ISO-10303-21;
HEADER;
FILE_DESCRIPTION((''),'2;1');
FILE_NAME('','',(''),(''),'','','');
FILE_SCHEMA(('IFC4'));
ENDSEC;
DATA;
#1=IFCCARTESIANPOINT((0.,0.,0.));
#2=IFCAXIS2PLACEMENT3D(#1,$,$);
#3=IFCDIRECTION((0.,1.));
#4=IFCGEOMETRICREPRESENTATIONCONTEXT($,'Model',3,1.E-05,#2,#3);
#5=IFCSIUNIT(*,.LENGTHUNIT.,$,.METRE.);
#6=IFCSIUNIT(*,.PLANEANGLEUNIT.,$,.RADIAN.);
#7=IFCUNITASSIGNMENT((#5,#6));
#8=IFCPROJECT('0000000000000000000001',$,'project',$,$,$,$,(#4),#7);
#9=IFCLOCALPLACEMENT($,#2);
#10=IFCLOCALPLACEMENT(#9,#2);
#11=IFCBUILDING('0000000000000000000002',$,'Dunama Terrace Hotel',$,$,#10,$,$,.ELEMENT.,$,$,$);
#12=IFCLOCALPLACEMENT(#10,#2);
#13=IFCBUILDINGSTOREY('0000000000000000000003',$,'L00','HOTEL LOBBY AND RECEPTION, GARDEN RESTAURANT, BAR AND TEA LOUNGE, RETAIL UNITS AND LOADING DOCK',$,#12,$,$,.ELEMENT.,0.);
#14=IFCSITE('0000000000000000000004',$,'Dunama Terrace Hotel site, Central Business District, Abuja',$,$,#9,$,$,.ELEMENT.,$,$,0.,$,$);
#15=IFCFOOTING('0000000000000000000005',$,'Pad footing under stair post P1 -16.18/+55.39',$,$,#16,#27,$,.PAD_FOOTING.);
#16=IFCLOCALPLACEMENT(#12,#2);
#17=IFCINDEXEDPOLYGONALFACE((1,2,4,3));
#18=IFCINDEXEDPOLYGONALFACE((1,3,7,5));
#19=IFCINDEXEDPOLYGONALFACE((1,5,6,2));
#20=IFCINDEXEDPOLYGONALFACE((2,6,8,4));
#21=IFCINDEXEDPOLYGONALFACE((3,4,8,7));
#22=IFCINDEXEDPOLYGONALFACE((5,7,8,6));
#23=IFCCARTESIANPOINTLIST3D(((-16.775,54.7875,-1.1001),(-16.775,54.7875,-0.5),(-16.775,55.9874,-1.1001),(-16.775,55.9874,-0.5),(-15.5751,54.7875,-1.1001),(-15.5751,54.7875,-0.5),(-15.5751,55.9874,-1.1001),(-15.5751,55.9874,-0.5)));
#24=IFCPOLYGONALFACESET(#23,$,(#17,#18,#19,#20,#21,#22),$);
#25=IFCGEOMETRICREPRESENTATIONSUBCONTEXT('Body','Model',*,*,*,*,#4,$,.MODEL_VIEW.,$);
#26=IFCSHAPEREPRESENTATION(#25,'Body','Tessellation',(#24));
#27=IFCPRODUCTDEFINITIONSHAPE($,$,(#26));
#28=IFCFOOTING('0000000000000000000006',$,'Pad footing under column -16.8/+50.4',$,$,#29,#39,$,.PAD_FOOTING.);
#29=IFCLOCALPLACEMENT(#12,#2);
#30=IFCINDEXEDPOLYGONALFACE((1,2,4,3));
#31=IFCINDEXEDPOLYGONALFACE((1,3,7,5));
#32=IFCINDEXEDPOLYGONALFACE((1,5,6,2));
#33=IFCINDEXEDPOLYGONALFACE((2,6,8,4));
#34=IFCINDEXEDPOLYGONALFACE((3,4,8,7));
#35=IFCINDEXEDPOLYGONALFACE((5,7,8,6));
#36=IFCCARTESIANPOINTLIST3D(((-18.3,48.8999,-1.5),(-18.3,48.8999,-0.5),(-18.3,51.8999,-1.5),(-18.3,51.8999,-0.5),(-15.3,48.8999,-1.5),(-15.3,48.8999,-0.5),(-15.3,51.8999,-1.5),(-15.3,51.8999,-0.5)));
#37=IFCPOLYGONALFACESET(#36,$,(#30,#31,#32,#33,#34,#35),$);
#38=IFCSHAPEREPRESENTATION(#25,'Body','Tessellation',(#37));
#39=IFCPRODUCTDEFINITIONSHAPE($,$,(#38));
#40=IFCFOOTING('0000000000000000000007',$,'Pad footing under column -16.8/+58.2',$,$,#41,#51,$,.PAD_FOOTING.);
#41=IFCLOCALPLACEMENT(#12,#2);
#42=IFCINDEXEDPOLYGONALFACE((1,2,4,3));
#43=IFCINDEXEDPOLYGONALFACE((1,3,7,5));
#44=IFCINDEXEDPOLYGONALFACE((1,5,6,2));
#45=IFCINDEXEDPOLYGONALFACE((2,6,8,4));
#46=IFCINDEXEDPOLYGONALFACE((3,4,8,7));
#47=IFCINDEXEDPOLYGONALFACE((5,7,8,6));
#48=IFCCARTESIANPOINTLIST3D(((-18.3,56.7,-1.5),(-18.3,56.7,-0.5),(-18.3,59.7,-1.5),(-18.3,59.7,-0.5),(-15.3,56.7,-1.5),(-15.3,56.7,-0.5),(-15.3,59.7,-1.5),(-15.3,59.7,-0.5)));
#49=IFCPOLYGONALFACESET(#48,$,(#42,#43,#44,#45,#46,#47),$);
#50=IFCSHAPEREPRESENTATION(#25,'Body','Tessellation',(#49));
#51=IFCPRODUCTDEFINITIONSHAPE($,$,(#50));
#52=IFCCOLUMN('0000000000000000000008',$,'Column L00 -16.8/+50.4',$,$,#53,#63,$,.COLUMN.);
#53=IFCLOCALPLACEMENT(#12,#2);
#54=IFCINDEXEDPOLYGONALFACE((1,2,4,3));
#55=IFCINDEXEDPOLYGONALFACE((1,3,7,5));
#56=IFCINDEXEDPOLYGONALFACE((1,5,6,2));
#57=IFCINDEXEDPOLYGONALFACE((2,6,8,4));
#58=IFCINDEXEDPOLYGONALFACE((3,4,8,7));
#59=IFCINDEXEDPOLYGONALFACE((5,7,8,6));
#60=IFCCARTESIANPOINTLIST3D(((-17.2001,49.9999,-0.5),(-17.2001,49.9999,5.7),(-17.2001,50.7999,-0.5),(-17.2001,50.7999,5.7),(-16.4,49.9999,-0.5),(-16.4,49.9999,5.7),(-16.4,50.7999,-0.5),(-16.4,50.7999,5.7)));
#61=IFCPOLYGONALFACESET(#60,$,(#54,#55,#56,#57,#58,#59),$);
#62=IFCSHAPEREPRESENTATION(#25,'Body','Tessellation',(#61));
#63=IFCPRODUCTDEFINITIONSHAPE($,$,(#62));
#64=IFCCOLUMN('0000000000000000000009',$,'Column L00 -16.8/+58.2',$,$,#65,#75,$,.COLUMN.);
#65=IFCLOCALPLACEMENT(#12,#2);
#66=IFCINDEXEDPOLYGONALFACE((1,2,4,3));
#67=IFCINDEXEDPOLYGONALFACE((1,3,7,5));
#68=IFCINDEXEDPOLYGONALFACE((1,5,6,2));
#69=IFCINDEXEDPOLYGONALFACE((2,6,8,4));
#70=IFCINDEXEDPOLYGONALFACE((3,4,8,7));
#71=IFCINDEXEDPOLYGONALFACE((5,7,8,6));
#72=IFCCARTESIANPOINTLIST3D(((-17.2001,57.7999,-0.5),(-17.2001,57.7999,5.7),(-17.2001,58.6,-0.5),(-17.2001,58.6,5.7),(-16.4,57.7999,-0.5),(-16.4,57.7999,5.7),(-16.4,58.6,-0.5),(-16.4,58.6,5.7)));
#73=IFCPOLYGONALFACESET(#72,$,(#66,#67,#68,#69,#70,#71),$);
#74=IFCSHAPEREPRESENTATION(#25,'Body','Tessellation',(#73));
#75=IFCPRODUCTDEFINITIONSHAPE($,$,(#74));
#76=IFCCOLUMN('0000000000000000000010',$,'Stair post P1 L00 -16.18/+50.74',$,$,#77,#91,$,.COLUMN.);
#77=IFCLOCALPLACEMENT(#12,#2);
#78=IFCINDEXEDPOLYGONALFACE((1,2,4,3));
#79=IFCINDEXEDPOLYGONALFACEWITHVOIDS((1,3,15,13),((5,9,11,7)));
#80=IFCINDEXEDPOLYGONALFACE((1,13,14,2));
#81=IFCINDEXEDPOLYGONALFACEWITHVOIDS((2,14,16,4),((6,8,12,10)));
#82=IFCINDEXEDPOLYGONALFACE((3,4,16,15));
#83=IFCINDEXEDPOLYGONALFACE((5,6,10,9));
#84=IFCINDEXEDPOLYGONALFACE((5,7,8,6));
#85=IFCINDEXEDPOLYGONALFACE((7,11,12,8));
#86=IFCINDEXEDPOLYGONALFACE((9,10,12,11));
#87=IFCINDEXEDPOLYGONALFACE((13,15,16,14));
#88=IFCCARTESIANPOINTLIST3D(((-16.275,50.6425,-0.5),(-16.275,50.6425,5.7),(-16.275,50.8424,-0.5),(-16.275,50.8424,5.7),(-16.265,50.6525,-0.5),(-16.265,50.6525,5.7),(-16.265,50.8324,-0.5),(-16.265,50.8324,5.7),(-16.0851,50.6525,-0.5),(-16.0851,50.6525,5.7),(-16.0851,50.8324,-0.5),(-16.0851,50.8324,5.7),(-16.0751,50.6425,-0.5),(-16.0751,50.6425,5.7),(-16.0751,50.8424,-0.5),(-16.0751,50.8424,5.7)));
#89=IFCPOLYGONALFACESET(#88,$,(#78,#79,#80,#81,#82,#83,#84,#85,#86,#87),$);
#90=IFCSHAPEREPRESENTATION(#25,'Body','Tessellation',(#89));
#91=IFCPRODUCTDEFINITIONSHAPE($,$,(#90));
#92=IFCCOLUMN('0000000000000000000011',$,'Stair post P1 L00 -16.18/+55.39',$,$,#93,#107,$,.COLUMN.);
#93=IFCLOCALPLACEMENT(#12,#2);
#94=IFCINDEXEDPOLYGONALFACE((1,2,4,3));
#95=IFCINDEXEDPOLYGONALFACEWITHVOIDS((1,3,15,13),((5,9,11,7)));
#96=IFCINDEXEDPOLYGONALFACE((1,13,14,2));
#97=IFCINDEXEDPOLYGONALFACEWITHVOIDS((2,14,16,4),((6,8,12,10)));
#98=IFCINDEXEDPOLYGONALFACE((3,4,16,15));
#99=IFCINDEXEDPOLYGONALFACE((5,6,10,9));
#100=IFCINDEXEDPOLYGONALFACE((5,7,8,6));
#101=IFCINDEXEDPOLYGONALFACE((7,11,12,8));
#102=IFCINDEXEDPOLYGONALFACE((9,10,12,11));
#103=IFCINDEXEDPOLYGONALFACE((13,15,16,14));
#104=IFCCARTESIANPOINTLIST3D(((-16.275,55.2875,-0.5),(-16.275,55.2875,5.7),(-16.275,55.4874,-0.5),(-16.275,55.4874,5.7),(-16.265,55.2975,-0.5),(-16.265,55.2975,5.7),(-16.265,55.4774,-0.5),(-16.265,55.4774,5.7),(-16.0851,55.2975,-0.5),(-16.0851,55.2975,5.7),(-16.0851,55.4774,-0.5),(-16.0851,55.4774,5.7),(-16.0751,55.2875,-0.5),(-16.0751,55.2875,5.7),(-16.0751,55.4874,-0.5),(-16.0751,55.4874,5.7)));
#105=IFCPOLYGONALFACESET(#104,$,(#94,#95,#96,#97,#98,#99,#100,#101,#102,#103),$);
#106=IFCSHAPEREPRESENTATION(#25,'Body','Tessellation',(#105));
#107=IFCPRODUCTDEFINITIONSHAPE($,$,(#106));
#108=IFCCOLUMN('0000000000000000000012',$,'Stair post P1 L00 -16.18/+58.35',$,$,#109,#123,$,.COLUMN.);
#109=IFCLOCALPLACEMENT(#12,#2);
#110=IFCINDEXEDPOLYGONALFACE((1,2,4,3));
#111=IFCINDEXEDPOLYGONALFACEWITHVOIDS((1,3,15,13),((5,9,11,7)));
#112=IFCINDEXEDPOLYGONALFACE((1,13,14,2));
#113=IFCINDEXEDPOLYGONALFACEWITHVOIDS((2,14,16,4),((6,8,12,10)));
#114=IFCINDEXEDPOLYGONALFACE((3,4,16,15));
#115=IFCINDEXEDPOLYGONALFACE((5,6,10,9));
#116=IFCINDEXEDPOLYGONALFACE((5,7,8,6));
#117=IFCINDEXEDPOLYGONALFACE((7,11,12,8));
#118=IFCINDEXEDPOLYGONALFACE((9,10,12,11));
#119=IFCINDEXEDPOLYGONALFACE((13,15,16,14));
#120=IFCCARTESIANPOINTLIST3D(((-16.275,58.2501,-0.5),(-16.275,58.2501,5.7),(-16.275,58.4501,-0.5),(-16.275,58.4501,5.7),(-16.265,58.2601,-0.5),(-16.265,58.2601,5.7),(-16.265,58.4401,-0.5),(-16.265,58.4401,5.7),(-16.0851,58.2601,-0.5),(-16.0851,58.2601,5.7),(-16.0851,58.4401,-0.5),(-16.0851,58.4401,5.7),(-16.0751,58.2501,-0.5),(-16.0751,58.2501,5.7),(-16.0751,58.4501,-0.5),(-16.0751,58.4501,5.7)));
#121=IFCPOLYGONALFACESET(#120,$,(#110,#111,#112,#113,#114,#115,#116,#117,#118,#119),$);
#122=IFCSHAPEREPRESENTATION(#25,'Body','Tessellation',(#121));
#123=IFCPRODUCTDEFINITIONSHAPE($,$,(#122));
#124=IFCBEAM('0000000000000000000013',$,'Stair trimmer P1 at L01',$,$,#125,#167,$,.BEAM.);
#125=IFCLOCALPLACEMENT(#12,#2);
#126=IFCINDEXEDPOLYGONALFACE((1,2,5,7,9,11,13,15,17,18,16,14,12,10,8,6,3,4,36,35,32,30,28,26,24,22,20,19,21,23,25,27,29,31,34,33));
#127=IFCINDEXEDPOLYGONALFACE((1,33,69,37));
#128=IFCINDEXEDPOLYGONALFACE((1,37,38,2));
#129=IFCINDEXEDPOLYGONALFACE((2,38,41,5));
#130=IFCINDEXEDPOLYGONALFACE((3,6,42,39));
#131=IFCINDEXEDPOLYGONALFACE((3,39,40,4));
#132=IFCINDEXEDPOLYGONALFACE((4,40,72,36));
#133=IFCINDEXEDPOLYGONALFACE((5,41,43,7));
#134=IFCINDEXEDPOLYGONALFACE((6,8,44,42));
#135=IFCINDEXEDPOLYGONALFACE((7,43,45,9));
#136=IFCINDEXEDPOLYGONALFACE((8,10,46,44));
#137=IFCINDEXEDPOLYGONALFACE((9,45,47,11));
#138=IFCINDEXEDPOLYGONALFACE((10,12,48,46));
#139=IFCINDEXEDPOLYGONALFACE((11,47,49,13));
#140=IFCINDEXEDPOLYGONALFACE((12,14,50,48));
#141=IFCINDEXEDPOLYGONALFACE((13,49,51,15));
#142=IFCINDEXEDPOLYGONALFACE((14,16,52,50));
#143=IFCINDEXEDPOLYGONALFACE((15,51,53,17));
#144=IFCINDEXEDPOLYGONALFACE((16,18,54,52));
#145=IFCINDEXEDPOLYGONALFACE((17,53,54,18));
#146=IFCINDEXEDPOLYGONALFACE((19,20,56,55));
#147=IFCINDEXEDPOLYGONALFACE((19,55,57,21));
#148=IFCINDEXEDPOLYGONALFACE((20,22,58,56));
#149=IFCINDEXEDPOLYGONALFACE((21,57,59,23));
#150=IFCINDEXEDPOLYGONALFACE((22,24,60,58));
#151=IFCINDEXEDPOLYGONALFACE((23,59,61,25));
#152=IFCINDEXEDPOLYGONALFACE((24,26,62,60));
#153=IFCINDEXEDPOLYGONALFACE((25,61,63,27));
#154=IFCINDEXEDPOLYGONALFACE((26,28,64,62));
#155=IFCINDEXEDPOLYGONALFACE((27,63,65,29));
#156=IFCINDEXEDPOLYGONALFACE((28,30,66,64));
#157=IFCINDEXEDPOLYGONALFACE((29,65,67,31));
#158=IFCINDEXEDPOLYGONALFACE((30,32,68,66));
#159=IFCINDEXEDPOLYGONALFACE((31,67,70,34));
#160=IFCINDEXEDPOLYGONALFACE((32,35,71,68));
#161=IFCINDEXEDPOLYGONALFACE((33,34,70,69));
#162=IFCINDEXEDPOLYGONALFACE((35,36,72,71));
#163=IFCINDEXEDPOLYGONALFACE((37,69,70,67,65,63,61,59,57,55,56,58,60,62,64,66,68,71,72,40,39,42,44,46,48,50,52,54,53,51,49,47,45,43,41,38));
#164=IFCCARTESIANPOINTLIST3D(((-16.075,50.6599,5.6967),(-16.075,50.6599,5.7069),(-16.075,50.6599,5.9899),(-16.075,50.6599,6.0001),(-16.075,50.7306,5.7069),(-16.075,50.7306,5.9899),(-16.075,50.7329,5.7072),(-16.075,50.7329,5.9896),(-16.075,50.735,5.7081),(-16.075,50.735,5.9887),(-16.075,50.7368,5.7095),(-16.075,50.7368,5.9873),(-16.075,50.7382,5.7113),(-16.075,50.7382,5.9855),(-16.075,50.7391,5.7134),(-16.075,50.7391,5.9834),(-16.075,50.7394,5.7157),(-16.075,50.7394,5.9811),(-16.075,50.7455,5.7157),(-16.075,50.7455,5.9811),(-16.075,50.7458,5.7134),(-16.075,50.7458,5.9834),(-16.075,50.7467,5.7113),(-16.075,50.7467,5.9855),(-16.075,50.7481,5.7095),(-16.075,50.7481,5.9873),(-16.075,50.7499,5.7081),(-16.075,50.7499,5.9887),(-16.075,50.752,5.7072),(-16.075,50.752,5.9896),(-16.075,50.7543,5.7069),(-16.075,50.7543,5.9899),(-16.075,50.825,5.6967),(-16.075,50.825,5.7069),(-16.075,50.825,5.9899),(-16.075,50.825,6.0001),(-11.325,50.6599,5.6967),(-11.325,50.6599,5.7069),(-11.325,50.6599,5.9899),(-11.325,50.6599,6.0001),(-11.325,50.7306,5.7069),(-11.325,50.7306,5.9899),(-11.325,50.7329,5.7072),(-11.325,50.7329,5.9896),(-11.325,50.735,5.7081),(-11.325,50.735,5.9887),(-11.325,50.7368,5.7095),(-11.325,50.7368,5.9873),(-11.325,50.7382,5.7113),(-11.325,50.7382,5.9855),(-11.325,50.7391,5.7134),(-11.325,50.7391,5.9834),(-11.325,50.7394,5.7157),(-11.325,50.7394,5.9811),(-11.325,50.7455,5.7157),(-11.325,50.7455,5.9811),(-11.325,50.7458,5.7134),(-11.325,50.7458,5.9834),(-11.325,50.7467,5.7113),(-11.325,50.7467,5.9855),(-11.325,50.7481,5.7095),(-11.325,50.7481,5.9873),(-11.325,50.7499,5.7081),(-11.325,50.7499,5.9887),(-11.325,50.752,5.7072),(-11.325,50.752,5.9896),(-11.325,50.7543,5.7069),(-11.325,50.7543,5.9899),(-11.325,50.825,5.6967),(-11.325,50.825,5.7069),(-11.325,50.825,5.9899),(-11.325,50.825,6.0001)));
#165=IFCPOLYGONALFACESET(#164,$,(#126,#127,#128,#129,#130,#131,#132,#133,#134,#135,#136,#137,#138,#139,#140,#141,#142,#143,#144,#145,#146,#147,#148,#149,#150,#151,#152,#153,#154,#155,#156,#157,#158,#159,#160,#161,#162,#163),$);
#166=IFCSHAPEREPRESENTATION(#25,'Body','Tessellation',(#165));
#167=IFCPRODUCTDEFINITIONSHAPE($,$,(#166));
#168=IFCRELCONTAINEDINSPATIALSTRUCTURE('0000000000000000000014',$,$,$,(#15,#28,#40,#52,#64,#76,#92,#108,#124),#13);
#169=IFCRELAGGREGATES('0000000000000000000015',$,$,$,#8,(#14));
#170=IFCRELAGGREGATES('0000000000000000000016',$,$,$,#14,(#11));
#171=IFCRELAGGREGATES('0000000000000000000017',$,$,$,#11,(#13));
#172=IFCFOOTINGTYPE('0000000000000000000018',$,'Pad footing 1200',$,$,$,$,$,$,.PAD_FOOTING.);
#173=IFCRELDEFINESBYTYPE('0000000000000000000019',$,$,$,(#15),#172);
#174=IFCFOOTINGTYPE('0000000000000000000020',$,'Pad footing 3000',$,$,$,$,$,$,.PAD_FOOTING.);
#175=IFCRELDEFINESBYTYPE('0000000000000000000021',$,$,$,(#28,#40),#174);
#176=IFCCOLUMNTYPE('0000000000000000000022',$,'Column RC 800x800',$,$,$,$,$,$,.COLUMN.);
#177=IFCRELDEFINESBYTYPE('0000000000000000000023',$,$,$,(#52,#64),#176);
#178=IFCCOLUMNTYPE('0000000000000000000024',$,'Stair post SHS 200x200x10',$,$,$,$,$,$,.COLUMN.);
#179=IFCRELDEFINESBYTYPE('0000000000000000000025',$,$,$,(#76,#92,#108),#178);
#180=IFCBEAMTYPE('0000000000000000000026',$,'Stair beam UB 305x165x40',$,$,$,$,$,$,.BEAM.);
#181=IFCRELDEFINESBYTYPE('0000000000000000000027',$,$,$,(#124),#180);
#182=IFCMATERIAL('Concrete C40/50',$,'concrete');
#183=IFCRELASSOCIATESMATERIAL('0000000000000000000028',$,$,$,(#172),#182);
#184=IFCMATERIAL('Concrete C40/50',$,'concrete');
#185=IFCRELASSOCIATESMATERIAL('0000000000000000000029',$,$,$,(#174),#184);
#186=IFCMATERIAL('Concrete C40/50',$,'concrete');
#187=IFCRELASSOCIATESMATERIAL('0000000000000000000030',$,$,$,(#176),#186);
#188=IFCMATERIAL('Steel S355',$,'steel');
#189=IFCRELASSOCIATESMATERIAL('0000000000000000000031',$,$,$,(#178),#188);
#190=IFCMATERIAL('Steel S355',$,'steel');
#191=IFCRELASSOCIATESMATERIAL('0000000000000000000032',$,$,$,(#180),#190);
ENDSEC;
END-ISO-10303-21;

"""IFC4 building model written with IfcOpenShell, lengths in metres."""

from ifc_helpers import new_model, si_unit, direction, frame, origin, origin_2d, place, context, subcontext, project, spatial, rectangle, hollow_rectangle, i_section, extrude, material, material_profile, profile_set, type_object, element, save


model = new_model("IFC4")

# Units and contexts
model_context = context("Model", 3, precision=1e-05, world=origin(), true_north=direction((0.0, 1.0)))
body_context = subcontext(model_context, "Body", "Model", "MODEL_VIEW")
ifc_project = project(units=[si_unit("LENGTHUNIT", "METRE"), si_unit("PLANEANGLEUNIT", "RADIAN")], contexts=[model_context])

# Site, building, storey
site_placement = place(None, origin())
site = spatial("IfcSite", under=ifc_project, at=site_placement, Name="Dunama Terrace Hotel site, Central Business District, Abuja", CompositionType="ELEMENT", RefElevation=0.0)
building_placement = place(site_placement, origin())
building = spatial("IfcBuilding", under=site, at=building_placement, Name="Dunama Terrace Hotel", CompositionType="ELEMENT")
storey_placement = place(building_placement, origin())
storey = spatial("IfcBuildingStorey", under=building, at=storey_placement, Name="L00", Description="HOTEL LOBBY AND RECEPTION, GARDEN RESTAURANT, BAR AND TEA LOUNGE, RETAIL UNITS AND LOADING DOCK", CompositionType="ELEMENT", Elevation=0.0)

# Footings
ifc_material_1 = material(Name="Concrete C40/50", Category="concrete")
footing_type_1 = type_object("IfcFootingType", Name="Pad footing 1200", PredefinedType="PAD_FOOTING", material=ifc_material_1)
footing_placement = place(storey_placement, frame((-16.175, 55.3875, -1.1001), z_axis=(0.0, 0.0, 1.0), x_axis=(1.0, 0.0, 0.0)))
element("IfcFooting", 1, at=footing_placement, inside=storey, type_object=footing_type_1, Name="Pad footing under stair post P1 -16.18/+55.39", PredefinedType="PAD_FOOTING", context=body_context, shape_type="SweptSolid", body=[
    extrude(rectangle(XDim=1.2, YDim=1.2, at=origin_2d()), origin(), (0.0, 0.0, 1.0), 0.6001),
])
ifc_material_2 = material(Name="Concrete C40/50", Category="concrete")
footing_type_2 = type_object("IfcFootingType", Name="Pad footing 3000", PredefinedType="PAD_FOOTING", material=ifc_material_2)
for number, where, z_axis, x_axis, name in (
    (2, (-16.8, 50.3999, -1.5), (0.0, 0.0, 1.0), (1.0, 0.0, 0.0), "Pad footing under column -16.8/+50.4"),
    (3, (-16.8, 58.2, -1.5), (0.0, 0.0, 1.0), (1.0, 0.0, 0.0), "Pad footing under column -16.8/+58.2"),
):
    element("IfcFooting", number, at=place(storey_placement, frame(where, z_axis=z_axis, x_axis=x_axis)), inside=storey, type_object=footing_type_2, Name=name, PredefinedType="PAD_FOOTING", context=body_context, shape_type="SweptSolid", body=[
        extrude(rectangle(XDim=3.0, YDim=3.0, at=origin_2d()), origin(), (0.0, 0.0, 1.0), 1.0),
    ])

# Columns
ifc_material_3 = material(Name="Concrete C40/50", Category="concrete")
ifc_material_profile_1 = material_profile(ifc_material_3, rectangle(XDim=0.8, YDim=0.8, at=origin_2d()), Name="RC 800x800")
ifc_profile_set_1 = profile_set([ifc_material_profile_1], Name="Concrete C40/50")
column_type_1 = type_object("IfcColumnType", Name="Column RC 800x800", PredefinedType="COLUMN", material=ifc_profile_set_1)
for number, where, z_axis, x_axis, name in (
    (4, (-16.8, 50.3999, -0.5), (0.0, 0.0, 1.0), (1.0, 0.0, 0.0), "Column L00 -16.8/+50.4"),
    (5, (-16.8, 58.2, -0.5), (0.0, 0.0, 1.0), (1.0, 0.0, 0.0), "Column L00 -16.8/+58.2"),
):
    element("IfcColumn", number, at=place(storey_placement, frame(where, z_axis=z_axis, x_axis=x_axis)), inside=storey, type_object=column_type_1, Name=name, PredefinedType="COLUMN", context=body_context, shape_type="SweptSolid", body=[
        extrude(rectangle(XDim=0.8, YDim=0.8, at=origin_2d()), origin(), (0.0, 0.0, 1.0), 6.2),
    ])
ifc_material_4 = material(Name="Steel S355", Category="steel")
ifc_material_profile_2 = material_profile(ifc_material_4, hollow_rectangle(XDim=0.2, YDim=0.2, WallThickness=0.01, at=origin_2d()), Name="SHS 200x200x10")
ifc_profile_set_2 = profile_set([ifc_material_profile_2], Name="Steel S355")
column_type_2 = type_object("IfcColumnType", Name="Stair post SHS 200x200x10", PredefinedType="COLUMN", material=ifc_profile_set_2)
for number, where, z_axis, x_axis, name in (
    (6, (-16.175, 50.7424, -0.5), (0.0, 0.0, 1.0), (1.0, 0.0, 0.0), "Stair post P1 L00 -16.18/+50.74"),
    (7, (-16.175, 55.3875, -0.5), (0.0, 0.0, 1.0), (1.0, 0.0, 0.0), "Stair post P1 L00 -16.18/+55.39"),
    (8, (-16.175, 58.3501, -0.5), (0.0, 0.0, 1.0), (1.0, 0.0, 0.0), "Stair post P1 L00 -16.18/+58.35"),
):
    element("IfcColumn", number, at=place(storey_placement, frame(where, z_axis=z_axis, x_axis=x_axis)), inside=storey, type_object=column_type_2, Name=name, PredefinedType="COLUMN", context=body_context, shape_type="SweptSolid", body=[
        extrude(hollow_rectangle(XDim=0.2, YDim=0.2, WallThickness=0.01, at=origin_2d()), origin(), (0.0, 0.0, 1.0), 6.2),
    ])

# Beam
ifc_material_5 = material(Name="Steel S355", Category="steel")
ifc_material_profile_3 = material_profile(ifc_material_5, i_section(OverallWidth=0.165, OverallDepth=0.3035, WebThickness=0.0061, FlangeThickness=0.0103, FilletRadius=0.0088, at=origin_2d()), Name="UB 305x165x40")
ifc_profile_set_3 = profile_set([ifc_material_profile_3], Name="Steel S355")
beam_type = type_object("IfcBeamType", Name="Stair beam UB 305x165x40", PredefinedType="BEAM", material=ifc_profile_set_3)
for number, where, z_axis, x_axis, name in (
    (9, (-16.075, 50.7424, 5.8484), (1.0, 0.0, 0.0), (0.0, 1.0, 0.0), "Stair trimmer P1 at L01"),
):
    element("IfcBeam", number, at=place(storey_placement, frame(where, z_axis=z_axis, x_axis=x_axis)), inside=storey, type_object=beam_type, Name=name, PredefinedType="BEAM", context=body_context, shape_type="SweptSolid", body=[
        extrude(i_section(OverallWidth=0.165, OverallDepth=0.3035, WebThickness=0.0061, FlangeThickness=0.0103, FilletRadius=0.0088, at=origin_2d()), origin(), (0.0, 0.0, 1.0), 4.75),
    ])

save(model, "model.ifc")
